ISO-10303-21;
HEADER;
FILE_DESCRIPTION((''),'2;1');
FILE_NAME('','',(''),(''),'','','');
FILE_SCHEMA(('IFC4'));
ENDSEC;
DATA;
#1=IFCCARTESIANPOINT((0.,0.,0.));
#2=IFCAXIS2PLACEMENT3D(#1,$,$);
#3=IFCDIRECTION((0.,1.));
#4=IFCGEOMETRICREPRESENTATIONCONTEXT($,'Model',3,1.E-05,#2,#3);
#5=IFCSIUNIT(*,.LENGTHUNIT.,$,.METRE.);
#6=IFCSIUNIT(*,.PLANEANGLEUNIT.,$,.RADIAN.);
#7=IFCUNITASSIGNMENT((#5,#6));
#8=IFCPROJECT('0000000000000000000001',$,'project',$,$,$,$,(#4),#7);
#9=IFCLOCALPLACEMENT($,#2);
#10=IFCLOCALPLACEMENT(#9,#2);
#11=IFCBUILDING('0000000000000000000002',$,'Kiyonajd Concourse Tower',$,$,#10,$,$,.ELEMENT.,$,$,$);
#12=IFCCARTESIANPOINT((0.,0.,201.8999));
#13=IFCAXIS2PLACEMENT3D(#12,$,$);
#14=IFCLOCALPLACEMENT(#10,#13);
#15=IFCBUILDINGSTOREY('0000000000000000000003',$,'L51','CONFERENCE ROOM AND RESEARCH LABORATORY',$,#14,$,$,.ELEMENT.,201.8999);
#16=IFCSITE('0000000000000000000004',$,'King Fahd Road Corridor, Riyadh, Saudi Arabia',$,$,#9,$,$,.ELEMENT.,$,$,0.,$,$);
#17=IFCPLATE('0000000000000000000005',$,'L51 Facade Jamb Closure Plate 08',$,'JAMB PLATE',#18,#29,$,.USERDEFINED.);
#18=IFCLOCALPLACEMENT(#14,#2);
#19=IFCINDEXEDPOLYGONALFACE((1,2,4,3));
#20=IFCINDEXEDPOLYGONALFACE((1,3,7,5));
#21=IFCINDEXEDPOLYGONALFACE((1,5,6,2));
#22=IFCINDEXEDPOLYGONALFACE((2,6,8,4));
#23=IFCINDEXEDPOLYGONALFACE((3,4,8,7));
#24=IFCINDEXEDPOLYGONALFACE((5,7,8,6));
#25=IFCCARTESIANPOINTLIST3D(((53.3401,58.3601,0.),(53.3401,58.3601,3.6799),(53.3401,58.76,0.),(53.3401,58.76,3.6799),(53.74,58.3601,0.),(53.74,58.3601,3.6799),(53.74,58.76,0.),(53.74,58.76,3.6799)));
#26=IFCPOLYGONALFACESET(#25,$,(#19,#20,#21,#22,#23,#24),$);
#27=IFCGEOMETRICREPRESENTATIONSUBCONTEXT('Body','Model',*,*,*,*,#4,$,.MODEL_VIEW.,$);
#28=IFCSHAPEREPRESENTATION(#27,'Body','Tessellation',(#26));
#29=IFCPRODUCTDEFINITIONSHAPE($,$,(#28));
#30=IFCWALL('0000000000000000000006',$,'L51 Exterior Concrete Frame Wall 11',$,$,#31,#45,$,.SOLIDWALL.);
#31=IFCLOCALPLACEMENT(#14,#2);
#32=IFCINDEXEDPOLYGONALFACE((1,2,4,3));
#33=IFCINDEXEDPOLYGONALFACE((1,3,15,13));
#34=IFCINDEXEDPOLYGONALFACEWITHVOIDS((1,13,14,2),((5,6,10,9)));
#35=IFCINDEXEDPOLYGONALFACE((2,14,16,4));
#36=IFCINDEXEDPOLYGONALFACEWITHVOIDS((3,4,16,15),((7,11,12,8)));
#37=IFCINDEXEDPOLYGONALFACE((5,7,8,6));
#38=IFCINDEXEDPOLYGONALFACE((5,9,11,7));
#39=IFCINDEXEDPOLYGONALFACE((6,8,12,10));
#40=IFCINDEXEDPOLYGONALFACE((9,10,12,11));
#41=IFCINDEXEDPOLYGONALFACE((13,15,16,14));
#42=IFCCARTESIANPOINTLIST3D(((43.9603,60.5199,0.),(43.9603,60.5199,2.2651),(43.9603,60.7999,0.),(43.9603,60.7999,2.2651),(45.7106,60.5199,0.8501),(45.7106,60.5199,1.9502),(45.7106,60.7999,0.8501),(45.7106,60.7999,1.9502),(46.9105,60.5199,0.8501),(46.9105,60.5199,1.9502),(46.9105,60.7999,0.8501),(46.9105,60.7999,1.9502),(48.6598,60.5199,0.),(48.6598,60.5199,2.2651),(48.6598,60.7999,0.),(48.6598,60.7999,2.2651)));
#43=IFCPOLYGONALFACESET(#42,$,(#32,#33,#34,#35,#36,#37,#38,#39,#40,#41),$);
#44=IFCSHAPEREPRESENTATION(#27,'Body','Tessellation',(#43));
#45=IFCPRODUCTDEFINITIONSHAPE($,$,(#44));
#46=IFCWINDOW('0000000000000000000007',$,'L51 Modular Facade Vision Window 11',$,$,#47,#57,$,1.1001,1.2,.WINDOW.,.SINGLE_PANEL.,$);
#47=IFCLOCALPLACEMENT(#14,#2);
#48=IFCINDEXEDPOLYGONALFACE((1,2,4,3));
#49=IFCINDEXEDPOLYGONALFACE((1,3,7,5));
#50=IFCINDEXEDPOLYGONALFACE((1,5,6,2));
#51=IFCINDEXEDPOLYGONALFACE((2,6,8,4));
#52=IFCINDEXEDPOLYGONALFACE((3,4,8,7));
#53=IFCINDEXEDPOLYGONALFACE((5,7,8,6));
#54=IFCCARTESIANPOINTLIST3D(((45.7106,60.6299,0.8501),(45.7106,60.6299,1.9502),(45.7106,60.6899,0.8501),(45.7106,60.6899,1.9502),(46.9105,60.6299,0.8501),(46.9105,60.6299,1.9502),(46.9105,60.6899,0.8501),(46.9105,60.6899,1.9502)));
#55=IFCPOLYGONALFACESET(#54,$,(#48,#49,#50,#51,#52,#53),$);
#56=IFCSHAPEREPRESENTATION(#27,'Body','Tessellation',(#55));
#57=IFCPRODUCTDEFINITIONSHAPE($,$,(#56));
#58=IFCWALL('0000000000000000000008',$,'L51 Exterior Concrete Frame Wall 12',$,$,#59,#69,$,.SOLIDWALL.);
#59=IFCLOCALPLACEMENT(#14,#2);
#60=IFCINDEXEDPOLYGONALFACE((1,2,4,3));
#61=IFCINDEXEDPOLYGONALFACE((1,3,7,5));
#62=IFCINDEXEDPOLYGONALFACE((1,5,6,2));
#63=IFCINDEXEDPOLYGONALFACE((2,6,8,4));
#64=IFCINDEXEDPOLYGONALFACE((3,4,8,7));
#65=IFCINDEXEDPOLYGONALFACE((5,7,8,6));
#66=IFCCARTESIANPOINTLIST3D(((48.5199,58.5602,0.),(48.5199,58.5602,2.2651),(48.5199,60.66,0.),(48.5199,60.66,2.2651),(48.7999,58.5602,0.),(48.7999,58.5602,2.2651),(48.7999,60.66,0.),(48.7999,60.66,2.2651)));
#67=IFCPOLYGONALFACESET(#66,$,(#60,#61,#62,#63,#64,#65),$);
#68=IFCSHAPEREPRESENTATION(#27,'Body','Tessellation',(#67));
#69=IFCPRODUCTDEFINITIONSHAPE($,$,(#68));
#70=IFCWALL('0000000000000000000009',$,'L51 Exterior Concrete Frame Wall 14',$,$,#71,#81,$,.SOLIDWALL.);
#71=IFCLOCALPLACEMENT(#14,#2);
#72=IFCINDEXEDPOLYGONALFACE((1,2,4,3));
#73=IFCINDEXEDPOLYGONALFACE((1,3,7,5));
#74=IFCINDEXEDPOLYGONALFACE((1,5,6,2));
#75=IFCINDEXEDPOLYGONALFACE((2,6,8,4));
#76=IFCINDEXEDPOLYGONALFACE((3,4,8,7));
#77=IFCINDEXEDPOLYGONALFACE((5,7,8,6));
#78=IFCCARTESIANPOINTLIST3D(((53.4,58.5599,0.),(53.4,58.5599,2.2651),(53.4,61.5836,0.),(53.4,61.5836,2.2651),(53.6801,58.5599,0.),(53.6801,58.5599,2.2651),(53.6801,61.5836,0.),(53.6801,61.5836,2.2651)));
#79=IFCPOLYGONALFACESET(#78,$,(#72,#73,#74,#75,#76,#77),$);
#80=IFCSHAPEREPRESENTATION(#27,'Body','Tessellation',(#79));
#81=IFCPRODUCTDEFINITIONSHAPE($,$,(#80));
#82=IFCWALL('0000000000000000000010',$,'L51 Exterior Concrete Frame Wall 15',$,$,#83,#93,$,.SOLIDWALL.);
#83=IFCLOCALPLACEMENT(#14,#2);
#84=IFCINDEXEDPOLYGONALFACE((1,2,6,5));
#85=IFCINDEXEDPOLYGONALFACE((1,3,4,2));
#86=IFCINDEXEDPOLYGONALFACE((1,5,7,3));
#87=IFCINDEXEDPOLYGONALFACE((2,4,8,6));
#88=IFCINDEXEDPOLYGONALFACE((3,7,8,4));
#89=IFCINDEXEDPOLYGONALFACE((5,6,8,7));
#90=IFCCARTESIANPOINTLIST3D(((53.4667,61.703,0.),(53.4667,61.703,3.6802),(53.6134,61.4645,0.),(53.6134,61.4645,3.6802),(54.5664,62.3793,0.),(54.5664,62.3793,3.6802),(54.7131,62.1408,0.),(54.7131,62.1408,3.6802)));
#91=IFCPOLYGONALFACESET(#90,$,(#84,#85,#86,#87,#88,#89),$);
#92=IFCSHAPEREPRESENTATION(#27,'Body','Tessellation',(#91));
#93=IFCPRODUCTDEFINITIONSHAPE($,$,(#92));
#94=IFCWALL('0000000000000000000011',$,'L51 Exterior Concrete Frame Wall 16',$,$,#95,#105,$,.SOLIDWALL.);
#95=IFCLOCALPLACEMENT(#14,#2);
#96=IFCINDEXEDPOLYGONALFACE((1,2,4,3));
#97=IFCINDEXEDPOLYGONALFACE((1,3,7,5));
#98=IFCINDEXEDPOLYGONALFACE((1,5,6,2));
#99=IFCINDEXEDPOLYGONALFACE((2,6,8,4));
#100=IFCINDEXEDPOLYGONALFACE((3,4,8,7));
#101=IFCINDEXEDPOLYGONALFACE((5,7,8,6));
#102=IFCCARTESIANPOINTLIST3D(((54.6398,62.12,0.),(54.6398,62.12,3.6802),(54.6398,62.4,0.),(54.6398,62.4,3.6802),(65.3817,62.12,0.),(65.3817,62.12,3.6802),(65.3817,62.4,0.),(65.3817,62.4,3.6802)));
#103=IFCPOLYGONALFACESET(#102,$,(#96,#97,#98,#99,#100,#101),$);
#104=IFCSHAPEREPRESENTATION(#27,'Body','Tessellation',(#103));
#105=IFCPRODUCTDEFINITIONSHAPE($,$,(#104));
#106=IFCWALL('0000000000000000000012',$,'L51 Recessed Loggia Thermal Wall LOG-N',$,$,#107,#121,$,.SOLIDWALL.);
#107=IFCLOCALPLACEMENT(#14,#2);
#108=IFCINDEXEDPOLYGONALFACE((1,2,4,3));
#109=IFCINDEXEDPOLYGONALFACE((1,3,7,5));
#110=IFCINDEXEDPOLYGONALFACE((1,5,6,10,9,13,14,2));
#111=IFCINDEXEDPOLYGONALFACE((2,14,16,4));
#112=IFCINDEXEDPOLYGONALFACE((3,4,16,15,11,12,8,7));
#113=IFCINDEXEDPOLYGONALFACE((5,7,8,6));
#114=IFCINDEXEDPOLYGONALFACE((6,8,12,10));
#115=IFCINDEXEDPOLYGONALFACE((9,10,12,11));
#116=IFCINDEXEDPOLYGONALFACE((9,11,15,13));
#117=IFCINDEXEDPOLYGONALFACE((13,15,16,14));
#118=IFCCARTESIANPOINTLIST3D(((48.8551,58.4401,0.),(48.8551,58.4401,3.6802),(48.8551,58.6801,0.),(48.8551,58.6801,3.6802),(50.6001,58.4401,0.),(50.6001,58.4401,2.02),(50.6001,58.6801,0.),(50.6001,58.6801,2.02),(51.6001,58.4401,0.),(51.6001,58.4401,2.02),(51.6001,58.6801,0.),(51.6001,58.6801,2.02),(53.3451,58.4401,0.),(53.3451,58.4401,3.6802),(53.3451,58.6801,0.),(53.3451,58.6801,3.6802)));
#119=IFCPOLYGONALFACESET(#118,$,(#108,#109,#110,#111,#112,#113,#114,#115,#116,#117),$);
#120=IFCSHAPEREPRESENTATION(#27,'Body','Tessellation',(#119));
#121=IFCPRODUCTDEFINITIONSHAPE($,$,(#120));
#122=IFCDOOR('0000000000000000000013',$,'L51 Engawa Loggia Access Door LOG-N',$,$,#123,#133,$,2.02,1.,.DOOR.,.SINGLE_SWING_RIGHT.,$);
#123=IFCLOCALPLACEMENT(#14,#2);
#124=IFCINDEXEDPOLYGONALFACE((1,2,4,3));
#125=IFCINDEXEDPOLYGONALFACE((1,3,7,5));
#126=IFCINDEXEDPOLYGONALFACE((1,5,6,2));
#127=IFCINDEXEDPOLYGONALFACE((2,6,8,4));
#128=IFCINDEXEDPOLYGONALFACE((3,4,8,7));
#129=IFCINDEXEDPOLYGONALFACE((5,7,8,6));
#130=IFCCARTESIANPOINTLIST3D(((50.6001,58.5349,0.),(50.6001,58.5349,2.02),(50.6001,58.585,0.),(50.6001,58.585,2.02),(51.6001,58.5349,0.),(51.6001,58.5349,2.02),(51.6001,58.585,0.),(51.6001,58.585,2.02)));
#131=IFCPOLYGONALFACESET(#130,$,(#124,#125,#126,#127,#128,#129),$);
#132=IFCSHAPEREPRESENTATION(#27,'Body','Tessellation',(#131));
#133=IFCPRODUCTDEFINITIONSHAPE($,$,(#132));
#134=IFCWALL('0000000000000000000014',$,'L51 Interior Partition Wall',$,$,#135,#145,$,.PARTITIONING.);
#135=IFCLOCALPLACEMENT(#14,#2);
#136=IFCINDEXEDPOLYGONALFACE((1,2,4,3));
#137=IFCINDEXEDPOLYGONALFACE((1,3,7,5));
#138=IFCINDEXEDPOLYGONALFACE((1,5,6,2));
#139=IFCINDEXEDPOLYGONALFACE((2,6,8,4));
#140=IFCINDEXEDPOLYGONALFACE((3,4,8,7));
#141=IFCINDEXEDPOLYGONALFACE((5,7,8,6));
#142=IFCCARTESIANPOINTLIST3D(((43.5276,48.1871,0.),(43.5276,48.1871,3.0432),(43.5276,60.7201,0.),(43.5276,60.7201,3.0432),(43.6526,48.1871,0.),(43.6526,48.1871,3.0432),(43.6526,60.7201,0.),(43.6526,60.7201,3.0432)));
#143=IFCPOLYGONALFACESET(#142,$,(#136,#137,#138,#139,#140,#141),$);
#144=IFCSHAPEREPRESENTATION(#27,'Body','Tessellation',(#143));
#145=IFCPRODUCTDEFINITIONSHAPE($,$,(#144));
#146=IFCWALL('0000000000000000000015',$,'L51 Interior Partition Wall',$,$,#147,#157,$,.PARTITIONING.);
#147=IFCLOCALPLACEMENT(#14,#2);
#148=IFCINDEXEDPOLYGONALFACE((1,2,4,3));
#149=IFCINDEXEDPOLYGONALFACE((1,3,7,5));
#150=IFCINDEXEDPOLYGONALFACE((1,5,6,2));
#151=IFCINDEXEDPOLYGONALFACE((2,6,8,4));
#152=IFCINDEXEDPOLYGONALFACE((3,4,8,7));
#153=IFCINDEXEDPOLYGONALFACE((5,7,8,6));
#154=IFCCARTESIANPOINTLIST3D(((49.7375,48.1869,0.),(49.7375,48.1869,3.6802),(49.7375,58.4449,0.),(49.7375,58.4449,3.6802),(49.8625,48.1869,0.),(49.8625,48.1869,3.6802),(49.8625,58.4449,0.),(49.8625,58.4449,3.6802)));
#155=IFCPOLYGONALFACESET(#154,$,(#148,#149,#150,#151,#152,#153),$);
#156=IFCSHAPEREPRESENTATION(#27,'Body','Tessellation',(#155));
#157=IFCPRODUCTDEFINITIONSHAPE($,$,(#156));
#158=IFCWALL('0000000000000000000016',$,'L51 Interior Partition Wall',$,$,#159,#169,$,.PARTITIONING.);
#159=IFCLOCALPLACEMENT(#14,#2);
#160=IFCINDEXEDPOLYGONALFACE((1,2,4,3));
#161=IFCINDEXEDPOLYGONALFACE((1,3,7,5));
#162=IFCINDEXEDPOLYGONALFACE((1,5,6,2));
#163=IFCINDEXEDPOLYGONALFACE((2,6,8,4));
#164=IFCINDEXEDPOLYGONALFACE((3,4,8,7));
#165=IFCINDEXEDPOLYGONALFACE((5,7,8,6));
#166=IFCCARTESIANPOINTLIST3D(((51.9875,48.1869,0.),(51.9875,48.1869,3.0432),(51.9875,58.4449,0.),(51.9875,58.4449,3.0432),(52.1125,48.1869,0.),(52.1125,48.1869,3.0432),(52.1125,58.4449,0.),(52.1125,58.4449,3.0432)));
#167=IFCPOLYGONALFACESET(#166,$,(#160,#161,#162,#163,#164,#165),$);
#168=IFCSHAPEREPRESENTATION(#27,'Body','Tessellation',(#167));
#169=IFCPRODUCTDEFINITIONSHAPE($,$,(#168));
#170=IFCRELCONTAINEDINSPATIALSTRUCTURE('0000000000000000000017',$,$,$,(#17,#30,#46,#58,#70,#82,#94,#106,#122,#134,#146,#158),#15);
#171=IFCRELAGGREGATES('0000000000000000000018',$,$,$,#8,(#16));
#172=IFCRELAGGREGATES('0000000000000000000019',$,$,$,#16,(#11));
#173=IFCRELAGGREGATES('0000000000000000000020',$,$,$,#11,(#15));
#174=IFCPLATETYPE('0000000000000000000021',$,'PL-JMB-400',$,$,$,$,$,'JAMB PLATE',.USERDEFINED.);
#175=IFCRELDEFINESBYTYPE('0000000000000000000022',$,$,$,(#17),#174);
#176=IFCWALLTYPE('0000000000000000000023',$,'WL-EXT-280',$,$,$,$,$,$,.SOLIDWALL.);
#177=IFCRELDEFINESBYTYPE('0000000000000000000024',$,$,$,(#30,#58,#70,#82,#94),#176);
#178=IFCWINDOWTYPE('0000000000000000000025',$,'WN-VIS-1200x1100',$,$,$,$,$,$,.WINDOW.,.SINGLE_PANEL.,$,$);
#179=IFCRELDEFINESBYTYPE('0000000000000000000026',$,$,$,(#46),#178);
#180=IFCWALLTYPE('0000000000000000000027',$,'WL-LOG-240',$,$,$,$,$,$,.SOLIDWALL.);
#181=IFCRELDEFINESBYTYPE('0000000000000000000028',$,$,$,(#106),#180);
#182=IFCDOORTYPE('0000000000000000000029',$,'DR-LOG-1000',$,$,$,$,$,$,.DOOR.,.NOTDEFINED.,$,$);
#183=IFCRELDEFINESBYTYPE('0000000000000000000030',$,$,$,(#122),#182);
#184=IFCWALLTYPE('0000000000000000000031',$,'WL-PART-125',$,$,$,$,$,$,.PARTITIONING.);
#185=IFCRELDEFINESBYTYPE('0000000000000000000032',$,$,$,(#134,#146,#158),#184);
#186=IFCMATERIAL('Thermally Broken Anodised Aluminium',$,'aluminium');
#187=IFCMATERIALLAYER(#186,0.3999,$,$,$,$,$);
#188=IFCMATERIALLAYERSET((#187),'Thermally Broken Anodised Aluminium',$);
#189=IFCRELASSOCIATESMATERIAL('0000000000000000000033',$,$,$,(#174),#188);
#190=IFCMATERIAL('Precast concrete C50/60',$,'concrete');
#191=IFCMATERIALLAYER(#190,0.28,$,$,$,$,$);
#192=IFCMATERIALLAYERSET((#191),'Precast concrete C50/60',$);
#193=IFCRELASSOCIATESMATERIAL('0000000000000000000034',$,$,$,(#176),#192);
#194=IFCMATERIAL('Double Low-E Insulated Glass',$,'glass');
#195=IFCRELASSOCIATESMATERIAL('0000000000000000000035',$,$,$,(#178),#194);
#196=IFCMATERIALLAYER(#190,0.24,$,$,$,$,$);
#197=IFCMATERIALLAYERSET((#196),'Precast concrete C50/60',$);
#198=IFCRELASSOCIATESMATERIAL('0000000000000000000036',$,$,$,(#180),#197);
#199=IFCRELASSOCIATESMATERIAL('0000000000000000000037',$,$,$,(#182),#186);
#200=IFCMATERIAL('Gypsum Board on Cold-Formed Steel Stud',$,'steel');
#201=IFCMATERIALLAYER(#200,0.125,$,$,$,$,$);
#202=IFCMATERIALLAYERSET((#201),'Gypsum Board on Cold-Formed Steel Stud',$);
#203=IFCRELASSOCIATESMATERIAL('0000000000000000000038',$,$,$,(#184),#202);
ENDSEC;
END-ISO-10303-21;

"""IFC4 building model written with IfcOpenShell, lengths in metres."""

from ifc_helpers import new_model, si_unit, direction, frame, frame_2d, origin, origin_2d, place, context, subcontext, project, spatial, rectangle, extrude, material, layer, layer_set, type_object, element, fill, save


model = new_model("IFC4")

# Units and contexts
model_context = context("Model", 3, precision=1e-05, world=origin(), true_north=direction((0.0, 1.0)))
body_context = subcontext(model_context, "Body", "Model", "MODEL_VIEW")
ifc_project = project(units=[si_unit("LENGTHUNIT", "METRE"), si_unit("PLANEANGLEUNIT", "RADIAN")], contexts=[model_context])

# Site, building, storey
site_placement = place(None, origin())
site = spatial("IfcSite", under=ifc_project, at=site_placement, Name="King Fahd Road Corridor, Riyadh, Saudi Arabia", CompositionType="ELEMENT", RefElevation=0.0)
building_placement = place(site_placement, origin())
building = spatial("IfcBuilding", under=site, at=building_placement, Name="Kiyonajd Concourse Tower", CompositionType="ELEMENT")
storey_placement = place(building_placement, frame((0.0, 0.0, 201.8999)))
storey = spatial("IfcBuildingStorey", under=building, at=storey_placement, Name="L51", Description="CONFERENCE ROOM AND RESEARCH LABORATORY", CompositionType="ELEMENT", Elevation=201.8999)

# Plate
ifc_material_1 = material(Name="Thermally Broken Anodised Aluminium", Category="aluminium")
ifc_layer_1 = layer(ifc_material_1, 0.3999)
ifc_layer_set_1 = layer_set([ifc_layer_1], Name="Thermally Broken Anodised Aluminium")
plate_type_1 = type_object("IfcPlateType", Name="PL-JMB-400", ElementType="JAMB PLATE", PredefinedType="USERDEFINED", material=ifc_layer_set_1)
for number, where, z_axis, x_axis, name in (
    (1, (53.54, 58.5601, 0.0), (0.0, 0.0, 1.0), (1.0, 0.0, 0.0), "L51 Facade Jamb Closure Plate 08"),
):
    element("IfcPlate", number, at=place(storey_placement, frame(where, z_axis=z_axis, x_axis=x_axis)), inside=storey, type_object=plate_type_1, Name=name, ObjectType="JAMB PLATE", PredefinedType="USERDEFINED", context=body_context, shape_type="SweptSolid", body=[
        extrude(rectangle(XDim=0.3999, YDim=0.3999, at=origin_2d()), origin(), (0.0, 0.0, 1.0), 3.6799),
    ])

# Wall, opening, window
ifc_material_2 = material(Name="Precast concrete C50/60", Category="concrete")
ifc_layer_2 = layer(ifc_material_2, 0.28)
ifc_layer_set_2 = layer_set([ifc_layer_2], Name="Precast concrete C50/60")
wall_type_1 = type_object("IfcWallType", Name="WL-EXT-280", PredefinedType="SOLIDWALL", material=ifc_layer_set_2)
wall_1_placement = place(storey_placement, frame((43.9604, 60.6599, 0.0), z_axis=(0.0, 0.0, 1.0), x_axis=(1.0, 0.0, 0.0)))
wall_1 = element("IfcWall", 2, at=wall_1_placement, inside=storey, type_object=wall_type_1, Name="L51 Exterior Concrete Frame Wall 11", PredefinedType="SOLIDWALL", context=body_context, shape_type="SweptSolid", body=[
    extrude(rectangle(XDim=4.6995, YDim=0.28, at=frame_2d((2.3496, 0.0))), origin(), (0.0, 0.0, 1.0), 2.2651),
])
opening_1_placement = place(wall_1_placement, frame((1.75, 0.0, 0.8501)))
opening_1 = element("IfcOpeningElement", 3, at=opening_1_placement, cuts=wall_1, PredefinedType="OPENING", context=body_context, shape_type="SweptSolid", body=[
    extrude(rectangle(XDim=1.2, YDim=1.1001, at=frame_2d((0.6001, 0.55))), frame((0.0, 0.1499, 0.0), z_axis=(0.0, -1.0, 0.0), x_axis=(1.0, 0.0, 0.0)), (0.0, 0.0, 1.0), 0.3),
])
ifc_material_3 = material(Name="Double Low-E Insulated Glass", Category="glass")
window_type = type_object("IfcWindowType", Name="WN-VIS-1200x1100", PartitioningType="SINGLE_PANEL", PredefinedType="WINDOW", material=ifc_material_3)
window_placement = place(opening_1_placement, origin())
window = element("IfcWindow", 4, at=window_placement, inside=storey, type_object=window_type, Name="L51 Modular Facade Vision Window 11", OverallHeight=1.1001, OverallWidth=1.2, PartitioningType="SINGLE_PANEL", PredefinedType="WINDOW", context=body_context, shape_type="SweptSolid", body=[
    extrude(rectangle(XDim=1.2, YDim=1.1001, at=frame_2d((0.6001, 0.55))), frame((0.0, 0.03, 0.0), z_axis=(0.0, -1.0, 0.0), x_axis=(1.0, 0.0, 0.0)), (0.0, 0.0, 1.0), 0.0601),
])
fill(opening_1, window)

# Walls
wall_2_placement = place(storey_placement, frame((48.6599, 60.6599, 0.0), z_axis=(0.0, 0.0, 1.0), x_axis=(0.0, -1.0, 0.0)))
element("IfcWall", 5, at=wall_2_placement, inside=storey, type_object=wall_type_1, Name="L51 Exterior Concrete Frame Wall 12", PredefinedType="SOLIDWALL", context=body_context, shape_type="SweptSolid", body=[
    extrude(rectangle(XDim=2.0999, YDim=0.28, at=frame_2d((1.0498, 0.0))), origin(), (0.0, 0.0, 1.0), 2.2651),
])
wall_3_placement = place(storey_placement, frame((53.54, 58.5601, 0.0), z_axis=(0.0, 0.0, 1.0), x_axis=(0.0, 1.0, 0.0)))
element("IfcWall", 6, at=wall_3_placement, inside=storey, type_object=wall_type_1, Name="L51 Exterior Concrete Frame Wall 14", PredefinedType="SOLIDWALL", context=body_context, shape_type="SweptSolid", body=[
    extrude(rectangle(XDim=3.0237, YDim=0.28, at=frame_2d((1.5117, 0.0))), origin(), (0.0, 0.0, 1.0), 2.2651),
])
wall_4_placement = place(storey_placement, frame((53.54, 61.5837, 0.0), z_axis=(0.0, 0.0, 1.0), x_axis=(0.851801, 0.523865, 0.0)))
element("IfcWall", 7, at=wall_4_placement, inside=storey, type_object=wall_type_1, Name="L51 Exterior Concrete Frame Wall 15", PredefinedType="SOLIDWALL", context=body_context, shape_type="SweptSolid", body=[
    extrude(rectangle(XDim=1.291, YDim=0.28, at=frame_2d((0.6455, 0.0))), origin(), (0.0, 0.0, 1.0), 3.6802),
])
wall_5_placement = place(storey_placement, frame((54.6396, 62.26, 0.0), z_axis=(0.0, 0.0, 1.0), x_axis=(1.0, 0.0, 0.0)))
element("IfcWall", 8, at=wall_5_placement, inside=storey, type_object=wall_type_1, Name="L51 Exterior Concrete Frame Wall 16", PredefinedType="SOLIDWALL", context=body_context, shape_type="SweptSolid", body=[
    extrude(rectangle(XDim=10.7419, YDim=0.28, at=frame_2d((5.3711, 0.0))), origin(), (0.0, 0.0, 1.0), 3.6802),
])

# Wall, opening, door
ifc_layer_3 = layer(ifc_material_2, 0.24)
ifc_layer_set_3 = layer_set([ifc_layer_3], Name="Precast concrete C50/60")
wall_type_2 = type_object("IfcWallType", Name="WL-LOG-240", PredefinedType="SOLIDWALL", material=ifc_layer_set_3)
wall_6_placement = place(storey_placement, frame((48.855, 58.5601, 0.0), z_axis=(0.0, 0.0, 1.0), x_axis=(1.0, 0.0, 0.0)))
wall_6 = element("IfcWall", 9, at=wall_6_placement, inside=storey, type_object=wall_type_2, Name="L51 Recessed Loggia Thermal Wall LOG-N", PredefinedType="SOLIDWALL", context=body_context, shape_type="SweptSolid", body=[
    extrude(rectangle(XDim=4.49, YDim=0.24, at=frame_2d((2.2451, 0.0))), origin(), (0.0, 0.0, 1.0), 3.6802),
])
opening_2_placement = place(wall_6_placement, frame((1.7451, 0.0, 0.0)))
opening_2 = element("IfcOpeningElement", 10, at=opening_2_placement, cuts=wall_6, PredefinedType="OPENING", context=body_context, shape_type="SweptSolid", body=[
    extrude(rectangle(XDim=1.0, YDim=2.02, at=frame_2d((0.5, 1.01))), frame((0.0, 0.1299, 0.0), z_axis=(0.0, -1.0, 0.0), x_axis=(1.0, 0.0, 0.0)), (0.0, 0.0, 1.0), 0.26),
])
door_type = type_object("IfcDoorType", Name="DR-LOG-1000", OperationType="NOTDEFINED", PredefinedType="DOOR", material=ifc_material_1)
door_placement = place(opening_2_placement, origin())
door = element("IfcDoor", 11, at=door_placement, inside=storey, type_object=door_type, Name="L51 Engawa Loggia Access Door LOG-N", OperationType="SINGLE_SWING_RIGHT", OverallHeight=2.02, OverallWidth=1.0, PredefinedType="DOOR", context=body_context, shape_type="SweptSolid", body=[
    extrude(rectangle(XDim=1.0, YDim=2.02, at=frame_2d((0.5, 1.01))), frame((0.0, 0.0249, 0.0), z_axis=(0.0, -1.0, 0.0), x_axis=(1.0, 0.0, 0.0)), (0.0, 0.0, 1.0), 0.05),
])
fill(opening_2, door)

# Walls
ifc_material_4 = material(Name="Gypsum Board on Cold-Formed Steel Stud", Category="steel")
ifc_layer_4 = layer(ifc_material_4, 0.125)
ifc_layer_set_4 = layer_set([ifc_layer_4], Name="Gypsum Board on Cold-Formed Steel Stud")
wall_type_3 = type_object("IfcWallType", Name="WL-PART-125", PredefinedType="PARTITIONING", material=ifc_layer_set_4)
wall_7_placement = place(storey_placement, frame((43.5901, 48.187, 0.0), z_axis=(0.0, 0.0, 1.0), x_axis=(0.0, 1.0, 0.0)))
element("IfcWall", 12, at=wall_7_placement, inside=storey, type_object=wall_type_3, Name="L51 Interior Partition Wall", PredefinedType="PARTITIONING", context=body_context, shape_type="SweptSolid", body=[
    extrude(rectangle(XDim=12.533, YDim=0.125, at=frame_2d((6.2666, 0.0))), origin(), (0.0, 0.0, 1.0), 3.0432),
])
wall_8_placement = place(storey_placement, frame((49.8, 48.187, 0.0), z_axis=(0.0, 0.0, 1.0), x_axis=(0.0, 1.0, 0.0)))
element("IfcWall", 13, at=wall_8_placement, inside=storey, type_object=wall_type_3, Name="L51 Interior Partition Wall", PredefinedType="PARTITIONING", context=body_context, shape_type="SweptSolid", body=[
    extrude(rectangle(XDim=10.2581, YDim=0.125, at=frame_2d((5.1289, 0.0))), origin(), (0.0, 0.0, 1.0), 3.6802),
])
wall_9_placement = place(storey_placement, frame((52.05, 48.187, 0.0), z_axis=(0.0, 0.0, 1.0), x_axis=(0.0, 1.0, 0.0)))
element("IfcWall", 14, at=wall_9_placement, inside=storey, type_object=wall_type_3, Name="L51 Interior Partition Wall", PredefinedType="PARTITIONING", context=body_context, shape_type="SweptSolid", body=[
    extrude(rectangle(XDim=10.2581, YDim=0.125, at=frame_2d((5.1289, 0.0))), origin(), (0.0, 0.0, 1.0), 3.0432),
])

save(model, "model.ifc")
